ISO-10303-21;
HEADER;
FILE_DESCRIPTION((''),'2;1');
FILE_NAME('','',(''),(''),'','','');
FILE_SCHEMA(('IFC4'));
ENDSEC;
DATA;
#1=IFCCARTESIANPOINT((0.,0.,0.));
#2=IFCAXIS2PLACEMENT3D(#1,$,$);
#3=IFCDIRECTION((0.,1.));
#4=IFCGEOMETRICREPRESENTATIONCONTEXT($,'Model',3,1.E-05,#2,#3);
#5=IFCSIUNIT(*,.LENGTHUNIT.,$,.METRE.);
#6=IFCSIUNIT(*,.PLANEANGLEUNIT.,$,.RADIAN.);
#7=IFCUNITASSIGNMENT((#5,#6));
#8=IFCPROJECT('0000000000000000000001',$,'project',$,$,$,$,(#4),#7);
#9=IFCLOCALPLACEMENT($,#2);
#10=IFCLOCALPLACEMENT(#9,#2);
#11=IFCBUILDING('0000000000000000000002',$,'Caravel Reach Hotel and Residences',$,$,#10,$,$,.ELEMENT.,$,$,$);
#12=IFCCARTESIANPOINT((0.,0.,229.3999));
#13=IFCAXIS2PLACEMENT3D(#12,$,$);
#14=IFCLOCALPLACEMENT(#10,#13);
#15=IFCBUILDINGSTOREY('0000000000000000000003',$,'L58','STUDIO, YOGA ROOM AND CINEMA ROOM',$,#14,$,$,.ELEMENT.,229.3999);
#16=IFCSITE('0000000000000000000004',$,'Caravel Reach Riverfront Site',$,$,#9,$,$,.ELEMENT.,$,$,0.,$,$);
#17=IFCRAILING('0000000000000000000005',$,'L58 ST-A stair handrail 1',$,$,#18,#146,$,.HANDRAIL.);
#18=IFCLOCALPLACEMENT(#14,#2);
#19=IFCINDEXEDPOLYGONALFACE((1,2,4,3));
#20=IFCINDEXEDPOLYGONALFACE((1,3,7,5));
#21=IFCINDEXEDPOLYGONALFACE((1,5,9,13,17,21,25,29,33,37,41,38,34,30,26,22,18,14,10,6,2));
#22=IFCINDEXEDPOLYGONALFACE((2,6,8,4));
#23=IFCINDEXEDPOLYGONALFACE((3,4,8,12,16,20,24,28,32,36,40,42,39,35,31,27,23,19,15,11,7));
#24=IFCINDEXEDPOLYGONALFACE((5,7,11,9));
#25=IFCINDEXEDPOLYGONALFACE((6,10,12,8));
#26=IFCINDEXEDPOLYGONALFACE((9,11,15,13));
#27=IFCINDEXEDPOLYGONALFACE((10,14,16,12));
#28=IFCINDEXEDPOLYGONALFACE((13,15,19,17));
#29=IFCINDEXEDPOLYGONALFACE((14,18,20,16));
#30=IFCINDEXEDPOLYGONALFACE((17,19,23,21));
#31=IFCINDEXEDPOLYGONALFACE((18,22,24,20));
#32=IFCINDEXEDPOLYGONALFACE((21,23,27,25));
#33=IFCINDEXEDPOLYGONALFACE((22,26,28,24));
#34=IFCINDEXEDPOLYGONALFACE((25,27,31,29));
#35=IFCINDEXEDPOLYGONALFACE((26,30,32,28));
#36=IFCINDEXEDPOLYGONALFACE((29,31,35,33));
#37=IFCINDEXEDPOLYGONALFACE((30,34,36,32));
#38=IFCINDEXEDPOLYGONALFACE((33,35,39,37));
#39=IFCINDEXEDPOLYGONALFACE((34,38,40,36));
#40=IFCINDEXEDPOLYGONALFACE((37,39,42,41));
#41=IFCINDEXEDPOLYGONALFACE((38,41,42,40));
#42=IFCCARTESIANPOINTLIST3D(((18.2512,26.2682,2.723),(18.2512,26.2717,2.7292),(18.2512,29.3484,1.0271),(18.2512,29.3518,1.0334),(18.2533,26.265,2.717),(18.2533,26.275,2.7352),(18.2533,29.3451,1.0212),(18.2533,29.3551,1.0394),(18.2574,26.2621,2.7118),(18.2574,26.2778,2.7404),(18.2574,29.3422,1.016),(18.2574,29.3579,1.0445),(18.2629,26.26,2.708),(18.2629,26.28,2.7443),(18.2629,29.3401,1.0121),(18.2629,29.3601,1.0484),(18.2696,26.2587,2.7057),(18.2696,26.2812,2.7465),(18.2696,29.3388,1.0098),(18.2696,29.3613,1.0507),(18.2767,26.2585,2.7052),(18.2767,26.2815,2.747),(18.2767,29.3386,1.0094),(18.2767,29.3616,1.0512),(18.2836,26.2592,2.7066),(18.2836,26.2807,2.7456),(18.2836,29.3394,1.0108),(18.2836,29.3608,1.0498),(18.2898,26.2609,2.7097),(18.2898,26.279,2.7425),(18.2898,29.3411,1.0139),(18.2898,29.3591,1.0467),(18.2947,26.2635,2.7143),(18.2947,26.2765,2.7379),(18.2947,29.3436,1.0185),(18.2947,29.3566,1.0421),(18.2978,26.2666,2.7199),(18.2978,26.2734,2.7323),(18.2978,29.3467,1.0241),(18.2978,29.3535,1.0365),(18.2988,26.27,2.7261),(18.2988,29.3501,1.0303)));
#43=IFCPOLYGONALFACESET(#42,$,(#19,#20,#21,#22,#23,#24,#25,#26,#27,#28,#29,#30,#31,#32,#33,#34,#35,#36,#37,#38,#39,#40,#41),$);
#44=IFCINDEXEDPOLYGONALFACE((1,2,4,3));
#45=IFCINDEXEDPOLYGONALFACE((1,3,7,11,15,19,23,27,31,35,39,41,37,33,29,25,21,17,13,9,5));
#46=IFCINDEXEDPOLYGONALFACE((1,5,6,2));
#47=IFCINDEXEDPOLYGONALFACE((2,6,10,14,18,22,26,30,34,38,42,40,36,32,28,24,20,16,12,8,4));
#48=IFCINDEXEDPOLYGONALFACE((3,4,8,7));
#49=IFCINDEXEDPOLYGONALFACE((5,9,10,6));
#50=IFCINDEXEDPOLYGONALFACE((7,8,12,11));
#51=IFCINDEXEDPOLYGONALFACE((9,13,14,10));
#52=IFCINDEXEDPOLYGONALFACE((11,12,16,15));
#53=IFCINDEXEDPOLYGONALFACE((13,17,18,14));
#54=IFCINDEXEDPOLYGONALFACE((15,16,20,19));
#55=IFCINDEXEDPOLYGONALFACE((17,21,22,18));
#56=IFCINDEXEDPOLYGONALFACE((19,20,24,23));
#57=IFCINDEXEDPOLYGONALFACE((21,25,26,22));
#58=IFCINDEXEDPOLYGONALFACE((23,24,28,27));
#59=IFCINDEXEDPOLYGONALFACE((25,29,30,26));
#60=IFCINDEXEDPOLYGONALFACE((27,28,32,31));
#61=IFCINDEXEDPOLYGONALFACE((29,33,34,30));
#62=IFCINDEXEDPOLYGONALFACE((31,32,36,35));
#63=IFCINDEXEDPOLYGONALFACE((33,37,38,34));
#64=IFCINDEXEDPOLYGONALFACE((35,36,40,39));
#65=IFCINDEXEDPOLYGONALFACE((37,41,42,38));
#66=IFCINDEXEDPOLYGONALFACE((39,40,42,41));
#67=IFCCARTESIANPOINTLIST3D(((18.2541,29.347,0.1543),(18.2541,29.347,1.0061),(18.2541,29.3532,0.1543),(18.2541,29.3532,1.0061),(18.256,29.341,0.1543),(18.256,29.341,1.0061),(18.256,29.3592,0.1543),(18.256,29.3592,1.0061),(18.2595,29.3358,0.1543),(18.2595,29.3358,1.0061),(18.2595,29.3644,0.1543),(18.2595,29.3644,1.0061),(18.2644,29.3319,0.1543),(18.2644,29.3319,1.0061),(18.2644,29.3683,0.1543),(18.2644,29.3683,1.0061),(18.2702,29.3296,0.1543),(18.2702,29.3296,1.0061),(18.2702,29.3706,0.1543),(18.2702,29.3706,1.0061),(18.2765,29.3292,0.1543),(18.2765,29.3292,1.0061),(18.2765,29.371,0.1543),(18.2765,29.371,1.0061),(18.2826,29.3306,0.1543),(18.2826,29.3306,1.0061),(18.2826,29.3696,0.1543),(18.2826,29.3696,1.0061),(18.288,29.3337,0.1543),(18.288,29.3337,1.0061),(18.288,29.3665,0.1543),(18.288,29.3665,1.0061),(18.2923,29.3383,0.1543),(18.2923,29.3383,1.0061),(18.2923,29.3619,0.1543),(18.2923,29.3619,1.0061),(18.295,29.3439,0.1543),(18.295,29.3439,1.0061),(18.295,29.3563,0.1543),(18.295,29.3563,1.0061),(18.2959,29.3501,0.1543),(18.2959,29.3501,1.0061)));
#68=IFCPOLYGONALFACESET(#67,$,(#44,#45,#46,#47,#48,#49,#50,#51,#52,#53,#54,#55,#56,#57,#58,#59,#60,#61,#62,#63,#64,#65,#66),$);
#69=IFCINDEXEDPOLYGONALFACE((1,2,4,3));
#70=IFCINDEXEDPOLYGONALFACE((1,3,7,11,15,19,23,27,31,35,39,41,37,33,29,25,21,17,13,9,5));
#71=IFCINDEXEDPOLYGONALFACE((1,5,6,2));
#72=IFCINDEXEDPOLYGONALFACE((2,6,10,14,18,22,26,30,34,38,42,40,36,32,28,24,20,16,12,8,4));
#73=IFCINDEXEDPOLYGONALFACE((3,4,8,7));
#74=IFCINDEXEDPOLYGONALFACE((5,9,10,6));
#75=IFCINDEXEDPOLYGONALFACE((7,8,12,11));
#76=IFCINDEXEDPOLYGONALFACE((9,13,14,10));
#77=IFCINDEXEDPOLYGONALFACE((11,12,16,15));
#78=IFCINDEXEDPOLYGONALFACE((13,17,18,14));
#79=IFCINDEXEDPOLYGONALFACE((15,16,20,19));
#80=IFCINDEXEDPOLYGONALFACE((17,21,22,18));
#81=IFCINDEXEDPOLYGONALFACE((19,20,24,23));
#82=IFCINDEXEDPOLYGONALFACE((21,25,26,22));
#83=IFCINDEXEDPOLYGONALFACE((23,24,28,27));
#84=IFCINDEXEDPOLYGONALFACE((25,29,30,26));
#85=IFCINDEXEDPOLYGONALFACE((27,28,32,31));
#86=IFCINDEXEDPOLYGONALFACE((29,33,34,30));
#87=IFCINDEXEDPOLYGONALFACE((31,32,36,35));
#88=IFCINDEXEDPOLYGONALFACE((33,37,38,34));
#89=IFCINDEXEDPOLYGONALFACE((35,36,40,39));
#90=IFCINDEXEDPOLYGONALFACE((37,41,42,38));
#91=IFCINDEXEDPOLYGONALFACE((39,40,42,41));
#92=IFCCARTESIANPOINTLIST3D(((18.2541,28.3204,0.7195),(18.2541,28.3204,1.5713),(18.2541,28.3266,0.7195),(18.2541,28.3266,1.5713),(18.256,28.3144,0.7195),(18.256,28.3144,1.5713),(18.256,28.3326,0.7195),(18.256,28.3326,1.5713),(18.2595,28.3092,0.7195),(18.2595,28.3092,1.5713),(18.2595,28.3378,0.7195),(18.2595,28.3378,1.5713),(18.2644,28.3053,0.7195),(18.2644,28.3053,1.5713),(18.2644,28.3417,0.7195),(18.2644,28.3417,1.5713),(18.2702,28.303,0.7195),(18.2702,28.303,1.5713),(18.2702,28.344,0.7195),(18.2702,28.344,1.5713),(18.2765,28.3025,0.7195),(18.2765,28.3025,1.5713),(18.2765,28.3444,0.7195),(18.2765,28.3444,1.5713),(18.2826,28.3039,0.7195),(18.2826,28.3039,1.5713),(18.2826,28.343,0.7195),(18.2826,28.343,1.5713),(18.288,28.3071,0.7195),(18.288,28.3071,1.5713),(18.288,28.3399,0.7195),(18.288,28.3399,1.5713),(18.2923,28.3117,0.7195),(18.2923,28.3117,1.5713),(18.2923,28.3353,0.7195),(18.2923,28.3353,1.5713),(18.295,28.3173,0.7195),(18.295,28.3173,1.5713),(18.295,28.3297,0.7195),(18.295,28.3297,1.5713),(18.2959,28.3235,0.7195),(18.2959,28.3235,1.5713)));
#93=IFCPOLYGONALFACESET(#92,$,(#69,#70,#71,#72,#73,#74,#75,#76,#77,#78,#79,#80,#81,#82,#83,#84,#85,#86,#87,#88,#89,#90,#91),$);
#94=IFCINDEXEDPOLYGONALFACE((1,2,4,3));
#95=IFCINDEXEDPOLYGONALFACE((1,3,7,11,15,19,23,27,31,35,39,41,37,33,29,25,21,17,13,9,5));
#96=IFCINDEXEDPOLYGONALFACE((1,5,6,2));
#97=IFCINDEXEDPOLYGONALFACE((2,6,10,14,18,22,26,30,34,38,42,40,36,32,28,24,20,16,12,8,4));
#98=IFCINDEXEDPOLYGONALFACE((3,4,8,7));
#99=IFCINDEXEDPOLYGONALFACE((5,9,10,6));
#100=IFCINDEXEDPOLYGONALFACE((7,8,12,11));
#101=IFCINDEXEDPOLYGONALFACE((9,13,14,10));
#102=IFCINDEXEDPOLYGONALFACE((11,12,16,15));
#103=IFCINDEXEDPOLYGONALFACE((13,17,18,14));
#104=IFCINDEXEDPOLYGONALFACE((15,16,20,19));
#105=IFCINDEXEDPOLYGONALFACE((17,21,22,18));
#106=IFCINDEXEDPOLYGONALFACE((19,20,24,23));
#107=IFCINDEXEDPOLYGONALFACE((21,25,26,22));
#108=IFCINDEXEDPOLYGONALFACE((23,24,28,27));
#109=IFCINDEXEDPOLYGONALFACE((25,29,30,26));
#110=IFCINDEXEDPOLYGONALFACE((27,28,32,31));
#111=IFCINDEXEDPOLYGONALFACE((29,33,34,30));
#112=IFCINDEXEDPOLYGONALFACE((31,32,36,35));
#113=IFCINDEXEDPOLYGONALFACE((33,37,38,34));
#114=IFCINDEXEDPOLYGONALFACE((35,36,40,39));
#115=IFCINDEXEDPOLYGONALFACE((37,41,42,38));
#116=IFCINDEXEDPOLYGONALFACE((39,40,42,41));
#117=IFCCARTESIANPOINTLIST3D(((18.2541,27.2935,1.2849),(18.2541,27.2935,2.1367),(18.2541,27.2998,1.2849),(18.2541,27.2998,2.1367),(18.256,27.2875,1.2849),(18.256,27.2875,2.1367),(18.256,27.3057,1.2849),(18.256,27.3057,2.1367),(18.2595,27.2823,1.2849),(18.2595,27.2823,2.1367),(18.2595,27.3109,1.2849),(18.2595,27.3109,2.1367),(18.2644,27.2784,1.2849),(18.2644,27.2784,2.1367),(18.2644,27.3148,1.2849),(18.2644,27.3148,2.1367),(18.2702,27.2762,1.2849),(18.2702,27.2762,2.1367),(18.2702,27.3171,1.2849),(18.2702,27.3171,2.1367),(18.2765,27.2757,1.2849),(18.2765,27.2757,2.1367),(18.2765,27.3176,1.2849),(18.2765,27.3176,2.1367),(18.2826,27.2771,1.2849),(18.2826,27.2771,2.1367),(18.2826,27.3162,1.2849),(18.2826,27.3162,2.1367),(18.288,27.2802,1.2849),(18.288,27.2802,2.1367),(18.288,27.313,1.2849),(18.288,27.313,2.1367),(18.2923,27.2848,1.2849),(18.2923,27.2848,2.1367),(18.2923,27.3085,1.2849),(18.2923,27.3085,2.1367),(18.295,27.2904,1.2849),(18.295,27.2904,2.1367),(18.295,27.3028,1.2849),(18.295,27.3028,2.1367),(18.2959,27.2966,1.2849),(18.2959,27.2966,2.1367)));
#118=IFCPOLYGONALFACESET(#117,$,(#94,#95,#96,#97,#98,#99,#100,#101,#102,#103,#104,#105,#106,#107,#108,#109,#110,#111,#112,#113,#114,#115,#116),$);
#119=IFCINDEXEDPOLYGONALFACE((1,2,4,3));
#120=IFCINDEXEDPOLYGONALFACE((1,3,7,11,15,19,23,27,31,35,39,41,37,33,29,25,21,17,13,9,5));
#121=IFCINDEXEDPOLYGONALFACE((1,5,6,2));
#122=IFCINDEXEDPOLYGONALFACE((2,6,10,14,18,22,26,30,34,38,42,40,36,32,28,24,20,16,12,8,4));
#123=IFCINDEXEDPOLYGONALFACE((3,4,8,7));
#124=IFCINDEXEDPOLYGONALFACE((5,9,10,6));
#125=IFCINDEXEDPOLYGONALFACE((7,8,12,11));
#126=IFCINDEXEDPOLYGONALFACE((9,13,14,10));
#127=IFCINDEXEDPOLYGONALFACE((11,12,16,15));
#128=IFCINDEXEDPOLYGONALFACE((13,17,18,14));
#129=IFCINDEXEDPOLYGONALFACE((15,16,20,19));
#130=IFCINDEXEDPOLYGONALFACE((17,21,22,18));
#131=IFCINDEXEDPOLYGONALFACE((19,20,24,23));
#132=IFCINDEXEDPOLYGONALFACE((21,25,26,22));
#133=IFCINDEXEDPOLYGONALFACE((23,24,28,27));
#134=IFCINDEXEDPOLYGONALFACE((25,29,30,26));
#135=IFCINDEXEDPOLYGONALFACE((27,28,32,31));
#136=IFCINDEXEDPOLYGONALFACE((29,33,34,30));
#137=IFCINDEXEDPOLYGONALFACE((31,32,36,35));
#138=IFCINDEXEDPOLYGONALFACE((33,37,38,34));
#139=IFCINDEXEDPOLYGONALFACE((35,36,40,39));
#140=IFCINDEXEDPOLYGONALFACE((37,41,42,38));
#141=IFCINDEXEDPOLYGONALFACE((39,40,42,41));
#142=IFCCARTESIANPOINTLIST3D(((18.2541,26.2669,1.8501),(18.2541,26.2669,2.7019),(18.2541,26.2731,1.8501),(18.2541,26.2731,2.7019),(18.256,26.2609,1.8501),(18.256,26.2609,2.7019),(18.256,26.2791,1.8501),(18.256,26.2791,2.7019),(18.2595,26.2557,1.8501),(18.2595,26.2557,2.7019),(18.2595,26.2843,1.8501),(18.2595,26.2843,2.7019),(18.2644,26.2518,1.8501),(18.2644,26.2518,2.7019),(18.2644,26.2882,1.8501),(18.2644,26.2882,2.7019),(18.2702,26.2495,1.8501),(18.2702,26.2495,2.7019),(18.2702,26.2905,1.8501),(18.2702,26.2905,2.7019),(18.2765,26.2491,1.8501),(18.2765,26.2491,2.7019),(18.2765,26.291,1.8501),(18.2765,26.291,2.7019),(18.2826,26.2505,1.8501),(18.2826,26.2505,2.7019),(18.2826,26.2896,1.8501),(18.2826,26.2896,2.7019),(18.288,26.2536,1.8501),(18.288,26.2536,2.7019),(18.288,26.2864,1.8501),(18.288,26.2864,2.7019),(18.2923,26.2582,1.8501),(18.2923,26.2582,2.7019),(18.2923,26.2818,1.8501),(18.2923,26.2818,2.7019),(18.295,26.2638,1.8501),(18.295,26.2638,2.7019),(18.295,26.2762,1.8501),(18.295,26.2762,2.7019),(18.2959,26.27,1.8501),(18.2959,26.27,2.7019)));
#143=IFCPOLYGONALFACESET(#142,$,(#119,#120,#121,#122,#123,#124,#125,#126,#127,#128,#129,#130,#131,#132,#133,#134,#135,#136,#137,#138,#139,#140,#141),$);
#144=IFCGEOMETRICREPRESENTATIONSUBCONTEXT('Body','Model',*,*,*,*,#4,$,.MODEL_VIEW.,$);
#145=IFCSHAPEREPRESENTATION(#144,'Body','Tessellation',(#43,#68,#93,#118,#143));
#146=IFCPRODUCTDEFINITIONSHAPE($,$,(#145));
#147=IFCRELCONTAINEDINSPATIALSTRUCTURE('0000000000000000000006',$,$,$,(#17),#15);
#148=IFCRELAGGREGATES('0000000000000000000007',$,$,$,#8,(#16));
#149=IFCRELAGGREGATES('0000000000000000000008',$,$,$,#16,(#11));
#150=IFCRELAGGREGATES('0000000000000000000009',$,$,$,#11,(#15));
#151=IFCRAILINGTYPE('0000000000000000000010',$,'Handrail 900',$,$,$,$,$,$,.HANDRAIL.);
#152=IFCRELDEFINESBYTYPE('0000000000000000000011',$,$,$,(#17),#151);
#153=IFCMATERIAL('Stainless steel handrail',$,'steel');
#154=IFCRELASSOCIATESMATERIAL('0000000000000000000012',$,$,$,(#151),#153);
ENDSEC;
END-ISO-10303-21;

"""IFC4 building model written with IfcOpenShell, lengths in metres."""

from ifc_helpers import new_model, si_unit, direction, frame, origin, origin_2d, place, context, subcontext, project, spatial, circle, extrude, material, type_object, element, save


model = new_model("IFC4")

# Units and contexts
model_context = context("Model", 3, precision=1e-05, world=origin(), true_north=direction((0.0, 1.0)))
body_context = subcontext(model_context, "Body", "Model", "MODEL_VIEW")
ifc_project = project(units=[si_unit("LENGTHUNIT", "METRE"), si_unit("PLANEANGLEUNIT", "RADIAN")], contexts=[model_context])

# Site, building, storey
site_placement = place(None, origin())
site = spatial("IfcSite", under=ifc_project, at=site_placement, Name="Caravel Reach Riverfront Site", CompositionType="ELEMENT", RefElevation=0.0)
building_placement = place(site_placement, origin())
building = spatial("IfcBuilding", under=site, at=building_placement, Name="Caravel Reach Hotel and Residences", CompositionType="ELEMENT")
storey_placement = place(building_placement, frame((0.0, 0.0, 229.3999)))
storey = spatial("IfcBuildingStorey", under=building, at=storey_placement, Name="L58", Description="STUDIO, YOGA ROOM AND CINEMA ROOM", CompositionType="ELEMENT", Elevation=229.3999)

# Railing
ifc_material_1 = material(Name="Stainless steel handrail", Category="steel")
railing_type_1 = type_object("IfcRailingType", Name="Handrail 900", PredefinedType="HANDRAIL", material=ifc_material_1)
railing_1_placement = place(storey_placement, frame((18.2749, 29.3501, 0.1543)))
element("IfcRailing", 1, at=railing_1_placement, inside=storey, type_object=railing_type_1, Name="L58 ST-A stair handrail 1", PredefinedType="HANDRAIL", context=body_context, shape_type="SweptSolid", body=[
    extrude(circle(Radius=0.0239, at=origin_2d()), frame((0.0, 0.0, 0.876), z_axis=(0.0, -0.876005, 0.482303), x_axis=(1.0, 0.0, 0.0)), (0.0, 0.0, 1.0), 3.5161),
    extrude(circle(Radius=0.021, at=origin_2d()), origin(), (0.0, 0.0, 1.0), 0.8518),
    extrude(circle(Radius=0.021, at=origin_2d()), frame((0.0, -1.0266, 0.5652)), (0.0, 0.0, 1.0), 0.8518),
    extrude(circle(Radius=0.021, at=origin_2d()), frame((0.0, -2.0535, 1.1306)), (0.0, 0.0, 1.0), 0.8518),
    extrude(circle(Radius=0.021, at=origin_2d()), frame((0.0, -3.0801, 1.6958)), (0.0, 0.0, 1.0), 0.8518),
])

save(model, "model.ifc")
